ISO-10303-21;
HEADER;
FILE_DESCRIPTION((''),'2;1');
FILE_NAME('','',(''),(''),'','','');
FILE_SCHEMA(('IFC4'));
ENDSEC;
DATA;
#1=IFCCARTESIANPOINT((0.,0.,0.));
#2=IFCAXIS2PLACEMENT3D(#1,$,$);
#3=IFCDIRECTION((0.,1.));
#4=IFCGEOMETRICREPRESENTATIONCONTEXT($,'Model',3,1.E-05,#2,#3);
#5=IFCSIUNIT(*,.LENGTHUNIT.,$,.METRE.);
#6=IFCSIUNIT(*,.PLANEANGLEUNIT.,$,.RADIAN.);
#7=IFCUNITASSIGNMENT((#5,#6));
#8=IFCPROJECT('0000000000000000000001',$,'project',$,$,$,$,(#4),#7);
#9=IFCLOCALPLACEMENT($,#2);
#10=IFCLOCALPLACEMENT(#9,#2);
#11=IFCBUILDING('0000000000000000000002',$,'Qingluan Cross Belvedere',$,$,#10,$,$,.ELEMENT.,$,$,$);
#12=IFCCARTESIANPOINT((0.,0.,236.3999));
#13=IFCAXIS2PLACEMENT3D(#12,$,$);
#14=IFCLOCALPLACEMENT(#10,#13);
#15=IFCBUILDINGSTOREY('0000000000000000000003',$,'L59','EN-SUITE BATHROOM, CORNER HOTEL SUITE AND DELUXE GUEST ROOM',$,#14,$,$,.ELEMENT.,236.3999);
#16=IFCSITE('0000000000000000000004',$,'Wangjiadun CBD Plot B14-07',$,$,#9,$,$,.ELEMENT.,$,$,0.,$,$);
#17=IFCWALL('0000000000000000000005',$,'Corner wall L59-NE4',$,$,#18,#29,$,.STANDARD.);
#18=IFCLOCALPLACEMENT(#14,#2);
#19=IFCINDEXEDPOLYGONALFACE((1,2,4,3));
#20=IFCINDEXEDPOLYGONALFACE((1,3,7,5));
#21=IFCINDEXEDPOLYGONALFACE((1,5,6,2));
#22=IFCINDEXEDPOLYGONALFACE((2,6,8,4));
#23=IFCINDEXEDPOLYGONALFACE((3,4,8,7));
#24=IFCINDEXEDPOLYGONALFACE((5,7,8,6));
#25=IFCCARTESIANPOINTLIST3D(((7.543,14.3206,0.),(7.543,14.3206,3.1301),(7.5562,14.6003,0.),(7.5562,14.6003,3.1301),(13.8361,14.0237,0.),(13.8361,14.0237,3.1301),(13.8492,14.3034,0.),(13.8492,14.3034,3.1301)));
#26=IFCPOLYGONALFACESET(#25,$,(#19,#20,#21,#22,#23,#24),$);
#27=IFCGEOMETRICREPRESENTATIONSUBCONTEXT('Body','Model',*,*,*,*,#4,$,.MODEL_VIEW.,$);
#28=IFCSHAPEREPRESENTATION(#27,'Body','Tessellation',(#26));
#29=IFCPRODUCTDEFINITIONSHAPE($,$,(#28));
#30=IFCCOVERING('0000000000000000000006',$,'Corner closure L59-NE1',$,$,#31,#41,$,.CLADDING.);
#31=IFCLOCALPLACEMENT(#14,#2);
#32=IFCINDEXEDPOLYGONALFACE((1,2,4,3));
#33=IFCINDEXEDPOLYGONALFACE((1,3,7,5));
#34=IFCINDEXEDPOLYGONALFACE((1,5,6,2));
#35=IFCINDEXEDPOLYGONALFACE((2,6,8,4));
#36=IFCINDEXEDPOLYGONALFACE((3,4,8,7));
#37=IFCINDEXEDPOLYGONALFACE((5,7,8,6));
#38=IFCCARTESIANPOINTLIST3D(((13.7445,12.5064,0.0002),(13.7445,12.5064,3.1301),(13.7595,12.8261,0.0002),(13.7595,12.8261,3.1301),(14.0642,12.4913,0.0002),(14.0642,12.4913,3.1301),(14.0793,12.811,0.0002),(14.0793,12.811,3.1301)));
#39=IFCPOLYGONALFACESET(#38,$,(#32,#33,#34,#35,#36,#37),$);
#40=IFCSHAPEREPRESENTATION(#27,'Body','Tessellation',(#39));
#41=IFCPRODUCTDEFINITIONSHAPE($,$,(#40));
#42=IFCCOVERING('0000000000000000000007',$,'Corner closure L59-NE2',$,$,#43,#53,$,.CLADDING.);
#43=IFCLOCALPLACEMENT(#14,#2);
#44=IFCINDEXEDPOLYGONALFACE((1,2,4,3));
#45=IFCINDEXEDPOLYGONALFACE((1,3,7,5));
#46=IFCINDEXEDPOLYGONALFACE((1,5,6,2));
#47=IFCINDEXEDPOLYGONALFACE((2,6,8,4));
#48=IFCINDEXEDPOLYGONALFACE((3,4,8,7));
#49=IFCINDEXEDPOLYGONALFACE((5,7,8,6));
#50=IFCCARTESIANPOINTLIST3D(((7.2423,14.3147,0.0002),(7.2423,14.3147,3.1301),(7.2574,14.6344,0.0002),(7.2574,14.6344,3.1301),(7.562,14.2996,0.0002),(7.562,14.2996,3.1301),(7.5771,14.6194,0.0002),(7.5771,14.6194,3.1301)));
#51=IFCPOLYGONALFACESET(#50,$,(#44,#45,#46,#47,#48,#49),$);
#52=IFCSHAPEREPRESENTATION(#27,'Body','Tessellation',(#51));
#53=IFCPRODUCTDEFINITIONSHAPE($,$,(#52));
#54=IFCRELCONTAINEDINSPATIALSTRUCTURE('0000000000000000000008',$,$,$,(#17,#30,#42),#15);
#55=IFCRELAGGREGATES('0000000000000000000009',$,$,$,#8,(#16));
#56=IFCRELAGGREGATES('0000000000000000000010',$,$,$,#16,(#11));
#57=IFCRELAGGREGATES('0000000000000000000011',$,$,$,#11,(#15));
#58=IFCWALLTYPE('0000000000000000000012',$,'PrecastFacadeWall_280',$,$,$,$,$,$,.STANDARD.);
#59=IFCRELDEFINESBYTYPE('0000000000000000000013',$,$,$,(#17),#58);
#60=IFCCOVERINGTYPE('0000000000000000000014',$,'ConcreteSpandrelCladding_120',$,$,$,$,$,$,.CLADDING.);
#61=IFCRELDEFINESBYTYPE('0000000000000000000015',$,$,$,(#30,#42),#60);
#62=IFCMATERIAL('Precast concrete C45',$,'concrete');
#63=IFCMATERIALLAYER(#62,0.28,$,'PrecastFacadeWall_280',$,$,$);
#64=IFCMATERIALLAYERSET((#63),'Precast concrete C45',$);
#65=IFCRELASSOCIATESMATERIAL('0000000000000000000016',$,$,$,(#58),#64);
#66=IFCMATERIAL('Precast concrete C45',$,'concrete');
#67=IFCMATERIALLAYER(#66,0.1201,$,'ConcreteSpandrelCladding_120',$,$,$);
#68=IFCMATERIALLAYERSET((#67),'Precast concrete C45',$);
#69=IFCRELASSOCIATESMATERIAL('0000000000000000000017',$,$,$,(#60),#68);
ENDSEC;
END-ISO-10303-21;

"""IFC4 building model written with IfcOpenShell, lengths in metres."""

from ifc_helpers import new_model, si_unit, direction, frame, frame_2d, origin, origin_2d, place, context, subcontext, project, spatial, rectangle, extrude, material, layer, layer_set, type_object, element, save


model = new_model("IFC4")

# Units and contexts
model_context = context("Model", 3, precision=1e-05, world=origin(), true_north=direction((0.0, 1.0)))
body_context = subcontext(model_context, "Body", "Model", "MODEL_VIEW")
ifc_project = project(units=[si_unit("LENGTHUNIT", "METRE"), si_unit("PLANEANGLEUNIT", "RADIAN")], contexts=[model_context])

# Site, building, storey
site_placement = place(None, origin())
site = spatial("IfcSite", under=ifc_project, at=site_placement, Name="Wangjiadun CBD Plot B14-07", CompositionType="ELEMENT", RefElevation=0.0)
building_placement = place(site_placement, origin())
building = spatial("IfcBuilding", under=site, at=building_placement, Name="Qingluan Cross Belvedere", CompositionType="ELEMENT")
storey_placement = place(building_placement, frame((0.0, 0.0, 236.3999)))
storey = spatial("IfcBuildingStorey", under=building, at=storey_placement, Name="L59", Description="EN-SUITE BATHROOM, CORNER HOTEL SUITE AND DELUXE GUEST ROOM", CompositionType="ELEMENT", Elevation=236.3999)

# Shared definitions
ifc_material_1 = material(Name="Precast concrete C45", Category="concrete")
ifc_layer_1 = layer(ifc_material_1, 0.28, Name="PrecastFacadeWall_280")
ifc_layer_set_1 = layer_set([ifc_layer_1], Name="Precast concrete C45")
wall_type_1 = type_object("IfcWallType", Name="PrecastFacadeWall_280", PredefinedType="STANDARD", material=ifc_layer_set_1)

# Wall
wall_1_placement = place(storey_placement, frame((13.8425, 14.1636, 0.0), z_axis=(0.0, 0.0, 1.0), x_axis=(-0.998889, 0.047123, 0.0)))
element("IfcWall", 1, at=wall_1_placement, inside=storey, type_object=wall_type_1, Name="Corner wall L59-NE4", PredefinedType="STANDARD", context=body_context, shape_type="SweptSolid", body=[
    extrude(rectangle(XDim=6.3, YDim=0.28, at=frame_2d((3.1499, 0.0))), origin(), (0.0, 0.0, 1.0), 3.1301),
])

# Coverings
ifc_material_2 = material(Name="Precast concrete C45", Category="concrete")
ifc_layer_2 = layer(ifc_material_2, 0.1201, Name="ConcreteSpandrelCladding_120")
ifc_layer_set_2 = layer_set([ifc_layer_2], Name="Precast concrete C45")
covering_type = type_object("IfcCoveringType", Name="ConcreteSpandrelCladding_120", PredefinedType="CLADDING", material=ifc_layer_set_2)
for number, where, z_axis, x_axis, name in (
    (2, (13.9119, 12.6587, 0.0002), (0.0, 0.0, 1.0), (0.99889, -0.047106, 0.0), "Corner closure L59-NE1"),
    (3, (7.4097, 14.467, 0.0002), (0.0, 0.0, 1.0), (0.99889, -0.047106, 0.0), "Corner closure L59-NE2"),
):
    element("IfcCovering", number, at=place(storey_placement, frame(where, z_axis=z_axis, x_axis=x_axis)), inside=storey, type_object=covering_type, Name=name, PredefinedType="CLADDING", context=body_context, shape_type="SweptSolid", body=[
        extrude(rectangle(XDim=0.3201, YDim=0.3201, at=origin_2d()), origin(), (0.0, 0.0, 1.0), 3.1299),
    ])

save(model, "model.ifc")
